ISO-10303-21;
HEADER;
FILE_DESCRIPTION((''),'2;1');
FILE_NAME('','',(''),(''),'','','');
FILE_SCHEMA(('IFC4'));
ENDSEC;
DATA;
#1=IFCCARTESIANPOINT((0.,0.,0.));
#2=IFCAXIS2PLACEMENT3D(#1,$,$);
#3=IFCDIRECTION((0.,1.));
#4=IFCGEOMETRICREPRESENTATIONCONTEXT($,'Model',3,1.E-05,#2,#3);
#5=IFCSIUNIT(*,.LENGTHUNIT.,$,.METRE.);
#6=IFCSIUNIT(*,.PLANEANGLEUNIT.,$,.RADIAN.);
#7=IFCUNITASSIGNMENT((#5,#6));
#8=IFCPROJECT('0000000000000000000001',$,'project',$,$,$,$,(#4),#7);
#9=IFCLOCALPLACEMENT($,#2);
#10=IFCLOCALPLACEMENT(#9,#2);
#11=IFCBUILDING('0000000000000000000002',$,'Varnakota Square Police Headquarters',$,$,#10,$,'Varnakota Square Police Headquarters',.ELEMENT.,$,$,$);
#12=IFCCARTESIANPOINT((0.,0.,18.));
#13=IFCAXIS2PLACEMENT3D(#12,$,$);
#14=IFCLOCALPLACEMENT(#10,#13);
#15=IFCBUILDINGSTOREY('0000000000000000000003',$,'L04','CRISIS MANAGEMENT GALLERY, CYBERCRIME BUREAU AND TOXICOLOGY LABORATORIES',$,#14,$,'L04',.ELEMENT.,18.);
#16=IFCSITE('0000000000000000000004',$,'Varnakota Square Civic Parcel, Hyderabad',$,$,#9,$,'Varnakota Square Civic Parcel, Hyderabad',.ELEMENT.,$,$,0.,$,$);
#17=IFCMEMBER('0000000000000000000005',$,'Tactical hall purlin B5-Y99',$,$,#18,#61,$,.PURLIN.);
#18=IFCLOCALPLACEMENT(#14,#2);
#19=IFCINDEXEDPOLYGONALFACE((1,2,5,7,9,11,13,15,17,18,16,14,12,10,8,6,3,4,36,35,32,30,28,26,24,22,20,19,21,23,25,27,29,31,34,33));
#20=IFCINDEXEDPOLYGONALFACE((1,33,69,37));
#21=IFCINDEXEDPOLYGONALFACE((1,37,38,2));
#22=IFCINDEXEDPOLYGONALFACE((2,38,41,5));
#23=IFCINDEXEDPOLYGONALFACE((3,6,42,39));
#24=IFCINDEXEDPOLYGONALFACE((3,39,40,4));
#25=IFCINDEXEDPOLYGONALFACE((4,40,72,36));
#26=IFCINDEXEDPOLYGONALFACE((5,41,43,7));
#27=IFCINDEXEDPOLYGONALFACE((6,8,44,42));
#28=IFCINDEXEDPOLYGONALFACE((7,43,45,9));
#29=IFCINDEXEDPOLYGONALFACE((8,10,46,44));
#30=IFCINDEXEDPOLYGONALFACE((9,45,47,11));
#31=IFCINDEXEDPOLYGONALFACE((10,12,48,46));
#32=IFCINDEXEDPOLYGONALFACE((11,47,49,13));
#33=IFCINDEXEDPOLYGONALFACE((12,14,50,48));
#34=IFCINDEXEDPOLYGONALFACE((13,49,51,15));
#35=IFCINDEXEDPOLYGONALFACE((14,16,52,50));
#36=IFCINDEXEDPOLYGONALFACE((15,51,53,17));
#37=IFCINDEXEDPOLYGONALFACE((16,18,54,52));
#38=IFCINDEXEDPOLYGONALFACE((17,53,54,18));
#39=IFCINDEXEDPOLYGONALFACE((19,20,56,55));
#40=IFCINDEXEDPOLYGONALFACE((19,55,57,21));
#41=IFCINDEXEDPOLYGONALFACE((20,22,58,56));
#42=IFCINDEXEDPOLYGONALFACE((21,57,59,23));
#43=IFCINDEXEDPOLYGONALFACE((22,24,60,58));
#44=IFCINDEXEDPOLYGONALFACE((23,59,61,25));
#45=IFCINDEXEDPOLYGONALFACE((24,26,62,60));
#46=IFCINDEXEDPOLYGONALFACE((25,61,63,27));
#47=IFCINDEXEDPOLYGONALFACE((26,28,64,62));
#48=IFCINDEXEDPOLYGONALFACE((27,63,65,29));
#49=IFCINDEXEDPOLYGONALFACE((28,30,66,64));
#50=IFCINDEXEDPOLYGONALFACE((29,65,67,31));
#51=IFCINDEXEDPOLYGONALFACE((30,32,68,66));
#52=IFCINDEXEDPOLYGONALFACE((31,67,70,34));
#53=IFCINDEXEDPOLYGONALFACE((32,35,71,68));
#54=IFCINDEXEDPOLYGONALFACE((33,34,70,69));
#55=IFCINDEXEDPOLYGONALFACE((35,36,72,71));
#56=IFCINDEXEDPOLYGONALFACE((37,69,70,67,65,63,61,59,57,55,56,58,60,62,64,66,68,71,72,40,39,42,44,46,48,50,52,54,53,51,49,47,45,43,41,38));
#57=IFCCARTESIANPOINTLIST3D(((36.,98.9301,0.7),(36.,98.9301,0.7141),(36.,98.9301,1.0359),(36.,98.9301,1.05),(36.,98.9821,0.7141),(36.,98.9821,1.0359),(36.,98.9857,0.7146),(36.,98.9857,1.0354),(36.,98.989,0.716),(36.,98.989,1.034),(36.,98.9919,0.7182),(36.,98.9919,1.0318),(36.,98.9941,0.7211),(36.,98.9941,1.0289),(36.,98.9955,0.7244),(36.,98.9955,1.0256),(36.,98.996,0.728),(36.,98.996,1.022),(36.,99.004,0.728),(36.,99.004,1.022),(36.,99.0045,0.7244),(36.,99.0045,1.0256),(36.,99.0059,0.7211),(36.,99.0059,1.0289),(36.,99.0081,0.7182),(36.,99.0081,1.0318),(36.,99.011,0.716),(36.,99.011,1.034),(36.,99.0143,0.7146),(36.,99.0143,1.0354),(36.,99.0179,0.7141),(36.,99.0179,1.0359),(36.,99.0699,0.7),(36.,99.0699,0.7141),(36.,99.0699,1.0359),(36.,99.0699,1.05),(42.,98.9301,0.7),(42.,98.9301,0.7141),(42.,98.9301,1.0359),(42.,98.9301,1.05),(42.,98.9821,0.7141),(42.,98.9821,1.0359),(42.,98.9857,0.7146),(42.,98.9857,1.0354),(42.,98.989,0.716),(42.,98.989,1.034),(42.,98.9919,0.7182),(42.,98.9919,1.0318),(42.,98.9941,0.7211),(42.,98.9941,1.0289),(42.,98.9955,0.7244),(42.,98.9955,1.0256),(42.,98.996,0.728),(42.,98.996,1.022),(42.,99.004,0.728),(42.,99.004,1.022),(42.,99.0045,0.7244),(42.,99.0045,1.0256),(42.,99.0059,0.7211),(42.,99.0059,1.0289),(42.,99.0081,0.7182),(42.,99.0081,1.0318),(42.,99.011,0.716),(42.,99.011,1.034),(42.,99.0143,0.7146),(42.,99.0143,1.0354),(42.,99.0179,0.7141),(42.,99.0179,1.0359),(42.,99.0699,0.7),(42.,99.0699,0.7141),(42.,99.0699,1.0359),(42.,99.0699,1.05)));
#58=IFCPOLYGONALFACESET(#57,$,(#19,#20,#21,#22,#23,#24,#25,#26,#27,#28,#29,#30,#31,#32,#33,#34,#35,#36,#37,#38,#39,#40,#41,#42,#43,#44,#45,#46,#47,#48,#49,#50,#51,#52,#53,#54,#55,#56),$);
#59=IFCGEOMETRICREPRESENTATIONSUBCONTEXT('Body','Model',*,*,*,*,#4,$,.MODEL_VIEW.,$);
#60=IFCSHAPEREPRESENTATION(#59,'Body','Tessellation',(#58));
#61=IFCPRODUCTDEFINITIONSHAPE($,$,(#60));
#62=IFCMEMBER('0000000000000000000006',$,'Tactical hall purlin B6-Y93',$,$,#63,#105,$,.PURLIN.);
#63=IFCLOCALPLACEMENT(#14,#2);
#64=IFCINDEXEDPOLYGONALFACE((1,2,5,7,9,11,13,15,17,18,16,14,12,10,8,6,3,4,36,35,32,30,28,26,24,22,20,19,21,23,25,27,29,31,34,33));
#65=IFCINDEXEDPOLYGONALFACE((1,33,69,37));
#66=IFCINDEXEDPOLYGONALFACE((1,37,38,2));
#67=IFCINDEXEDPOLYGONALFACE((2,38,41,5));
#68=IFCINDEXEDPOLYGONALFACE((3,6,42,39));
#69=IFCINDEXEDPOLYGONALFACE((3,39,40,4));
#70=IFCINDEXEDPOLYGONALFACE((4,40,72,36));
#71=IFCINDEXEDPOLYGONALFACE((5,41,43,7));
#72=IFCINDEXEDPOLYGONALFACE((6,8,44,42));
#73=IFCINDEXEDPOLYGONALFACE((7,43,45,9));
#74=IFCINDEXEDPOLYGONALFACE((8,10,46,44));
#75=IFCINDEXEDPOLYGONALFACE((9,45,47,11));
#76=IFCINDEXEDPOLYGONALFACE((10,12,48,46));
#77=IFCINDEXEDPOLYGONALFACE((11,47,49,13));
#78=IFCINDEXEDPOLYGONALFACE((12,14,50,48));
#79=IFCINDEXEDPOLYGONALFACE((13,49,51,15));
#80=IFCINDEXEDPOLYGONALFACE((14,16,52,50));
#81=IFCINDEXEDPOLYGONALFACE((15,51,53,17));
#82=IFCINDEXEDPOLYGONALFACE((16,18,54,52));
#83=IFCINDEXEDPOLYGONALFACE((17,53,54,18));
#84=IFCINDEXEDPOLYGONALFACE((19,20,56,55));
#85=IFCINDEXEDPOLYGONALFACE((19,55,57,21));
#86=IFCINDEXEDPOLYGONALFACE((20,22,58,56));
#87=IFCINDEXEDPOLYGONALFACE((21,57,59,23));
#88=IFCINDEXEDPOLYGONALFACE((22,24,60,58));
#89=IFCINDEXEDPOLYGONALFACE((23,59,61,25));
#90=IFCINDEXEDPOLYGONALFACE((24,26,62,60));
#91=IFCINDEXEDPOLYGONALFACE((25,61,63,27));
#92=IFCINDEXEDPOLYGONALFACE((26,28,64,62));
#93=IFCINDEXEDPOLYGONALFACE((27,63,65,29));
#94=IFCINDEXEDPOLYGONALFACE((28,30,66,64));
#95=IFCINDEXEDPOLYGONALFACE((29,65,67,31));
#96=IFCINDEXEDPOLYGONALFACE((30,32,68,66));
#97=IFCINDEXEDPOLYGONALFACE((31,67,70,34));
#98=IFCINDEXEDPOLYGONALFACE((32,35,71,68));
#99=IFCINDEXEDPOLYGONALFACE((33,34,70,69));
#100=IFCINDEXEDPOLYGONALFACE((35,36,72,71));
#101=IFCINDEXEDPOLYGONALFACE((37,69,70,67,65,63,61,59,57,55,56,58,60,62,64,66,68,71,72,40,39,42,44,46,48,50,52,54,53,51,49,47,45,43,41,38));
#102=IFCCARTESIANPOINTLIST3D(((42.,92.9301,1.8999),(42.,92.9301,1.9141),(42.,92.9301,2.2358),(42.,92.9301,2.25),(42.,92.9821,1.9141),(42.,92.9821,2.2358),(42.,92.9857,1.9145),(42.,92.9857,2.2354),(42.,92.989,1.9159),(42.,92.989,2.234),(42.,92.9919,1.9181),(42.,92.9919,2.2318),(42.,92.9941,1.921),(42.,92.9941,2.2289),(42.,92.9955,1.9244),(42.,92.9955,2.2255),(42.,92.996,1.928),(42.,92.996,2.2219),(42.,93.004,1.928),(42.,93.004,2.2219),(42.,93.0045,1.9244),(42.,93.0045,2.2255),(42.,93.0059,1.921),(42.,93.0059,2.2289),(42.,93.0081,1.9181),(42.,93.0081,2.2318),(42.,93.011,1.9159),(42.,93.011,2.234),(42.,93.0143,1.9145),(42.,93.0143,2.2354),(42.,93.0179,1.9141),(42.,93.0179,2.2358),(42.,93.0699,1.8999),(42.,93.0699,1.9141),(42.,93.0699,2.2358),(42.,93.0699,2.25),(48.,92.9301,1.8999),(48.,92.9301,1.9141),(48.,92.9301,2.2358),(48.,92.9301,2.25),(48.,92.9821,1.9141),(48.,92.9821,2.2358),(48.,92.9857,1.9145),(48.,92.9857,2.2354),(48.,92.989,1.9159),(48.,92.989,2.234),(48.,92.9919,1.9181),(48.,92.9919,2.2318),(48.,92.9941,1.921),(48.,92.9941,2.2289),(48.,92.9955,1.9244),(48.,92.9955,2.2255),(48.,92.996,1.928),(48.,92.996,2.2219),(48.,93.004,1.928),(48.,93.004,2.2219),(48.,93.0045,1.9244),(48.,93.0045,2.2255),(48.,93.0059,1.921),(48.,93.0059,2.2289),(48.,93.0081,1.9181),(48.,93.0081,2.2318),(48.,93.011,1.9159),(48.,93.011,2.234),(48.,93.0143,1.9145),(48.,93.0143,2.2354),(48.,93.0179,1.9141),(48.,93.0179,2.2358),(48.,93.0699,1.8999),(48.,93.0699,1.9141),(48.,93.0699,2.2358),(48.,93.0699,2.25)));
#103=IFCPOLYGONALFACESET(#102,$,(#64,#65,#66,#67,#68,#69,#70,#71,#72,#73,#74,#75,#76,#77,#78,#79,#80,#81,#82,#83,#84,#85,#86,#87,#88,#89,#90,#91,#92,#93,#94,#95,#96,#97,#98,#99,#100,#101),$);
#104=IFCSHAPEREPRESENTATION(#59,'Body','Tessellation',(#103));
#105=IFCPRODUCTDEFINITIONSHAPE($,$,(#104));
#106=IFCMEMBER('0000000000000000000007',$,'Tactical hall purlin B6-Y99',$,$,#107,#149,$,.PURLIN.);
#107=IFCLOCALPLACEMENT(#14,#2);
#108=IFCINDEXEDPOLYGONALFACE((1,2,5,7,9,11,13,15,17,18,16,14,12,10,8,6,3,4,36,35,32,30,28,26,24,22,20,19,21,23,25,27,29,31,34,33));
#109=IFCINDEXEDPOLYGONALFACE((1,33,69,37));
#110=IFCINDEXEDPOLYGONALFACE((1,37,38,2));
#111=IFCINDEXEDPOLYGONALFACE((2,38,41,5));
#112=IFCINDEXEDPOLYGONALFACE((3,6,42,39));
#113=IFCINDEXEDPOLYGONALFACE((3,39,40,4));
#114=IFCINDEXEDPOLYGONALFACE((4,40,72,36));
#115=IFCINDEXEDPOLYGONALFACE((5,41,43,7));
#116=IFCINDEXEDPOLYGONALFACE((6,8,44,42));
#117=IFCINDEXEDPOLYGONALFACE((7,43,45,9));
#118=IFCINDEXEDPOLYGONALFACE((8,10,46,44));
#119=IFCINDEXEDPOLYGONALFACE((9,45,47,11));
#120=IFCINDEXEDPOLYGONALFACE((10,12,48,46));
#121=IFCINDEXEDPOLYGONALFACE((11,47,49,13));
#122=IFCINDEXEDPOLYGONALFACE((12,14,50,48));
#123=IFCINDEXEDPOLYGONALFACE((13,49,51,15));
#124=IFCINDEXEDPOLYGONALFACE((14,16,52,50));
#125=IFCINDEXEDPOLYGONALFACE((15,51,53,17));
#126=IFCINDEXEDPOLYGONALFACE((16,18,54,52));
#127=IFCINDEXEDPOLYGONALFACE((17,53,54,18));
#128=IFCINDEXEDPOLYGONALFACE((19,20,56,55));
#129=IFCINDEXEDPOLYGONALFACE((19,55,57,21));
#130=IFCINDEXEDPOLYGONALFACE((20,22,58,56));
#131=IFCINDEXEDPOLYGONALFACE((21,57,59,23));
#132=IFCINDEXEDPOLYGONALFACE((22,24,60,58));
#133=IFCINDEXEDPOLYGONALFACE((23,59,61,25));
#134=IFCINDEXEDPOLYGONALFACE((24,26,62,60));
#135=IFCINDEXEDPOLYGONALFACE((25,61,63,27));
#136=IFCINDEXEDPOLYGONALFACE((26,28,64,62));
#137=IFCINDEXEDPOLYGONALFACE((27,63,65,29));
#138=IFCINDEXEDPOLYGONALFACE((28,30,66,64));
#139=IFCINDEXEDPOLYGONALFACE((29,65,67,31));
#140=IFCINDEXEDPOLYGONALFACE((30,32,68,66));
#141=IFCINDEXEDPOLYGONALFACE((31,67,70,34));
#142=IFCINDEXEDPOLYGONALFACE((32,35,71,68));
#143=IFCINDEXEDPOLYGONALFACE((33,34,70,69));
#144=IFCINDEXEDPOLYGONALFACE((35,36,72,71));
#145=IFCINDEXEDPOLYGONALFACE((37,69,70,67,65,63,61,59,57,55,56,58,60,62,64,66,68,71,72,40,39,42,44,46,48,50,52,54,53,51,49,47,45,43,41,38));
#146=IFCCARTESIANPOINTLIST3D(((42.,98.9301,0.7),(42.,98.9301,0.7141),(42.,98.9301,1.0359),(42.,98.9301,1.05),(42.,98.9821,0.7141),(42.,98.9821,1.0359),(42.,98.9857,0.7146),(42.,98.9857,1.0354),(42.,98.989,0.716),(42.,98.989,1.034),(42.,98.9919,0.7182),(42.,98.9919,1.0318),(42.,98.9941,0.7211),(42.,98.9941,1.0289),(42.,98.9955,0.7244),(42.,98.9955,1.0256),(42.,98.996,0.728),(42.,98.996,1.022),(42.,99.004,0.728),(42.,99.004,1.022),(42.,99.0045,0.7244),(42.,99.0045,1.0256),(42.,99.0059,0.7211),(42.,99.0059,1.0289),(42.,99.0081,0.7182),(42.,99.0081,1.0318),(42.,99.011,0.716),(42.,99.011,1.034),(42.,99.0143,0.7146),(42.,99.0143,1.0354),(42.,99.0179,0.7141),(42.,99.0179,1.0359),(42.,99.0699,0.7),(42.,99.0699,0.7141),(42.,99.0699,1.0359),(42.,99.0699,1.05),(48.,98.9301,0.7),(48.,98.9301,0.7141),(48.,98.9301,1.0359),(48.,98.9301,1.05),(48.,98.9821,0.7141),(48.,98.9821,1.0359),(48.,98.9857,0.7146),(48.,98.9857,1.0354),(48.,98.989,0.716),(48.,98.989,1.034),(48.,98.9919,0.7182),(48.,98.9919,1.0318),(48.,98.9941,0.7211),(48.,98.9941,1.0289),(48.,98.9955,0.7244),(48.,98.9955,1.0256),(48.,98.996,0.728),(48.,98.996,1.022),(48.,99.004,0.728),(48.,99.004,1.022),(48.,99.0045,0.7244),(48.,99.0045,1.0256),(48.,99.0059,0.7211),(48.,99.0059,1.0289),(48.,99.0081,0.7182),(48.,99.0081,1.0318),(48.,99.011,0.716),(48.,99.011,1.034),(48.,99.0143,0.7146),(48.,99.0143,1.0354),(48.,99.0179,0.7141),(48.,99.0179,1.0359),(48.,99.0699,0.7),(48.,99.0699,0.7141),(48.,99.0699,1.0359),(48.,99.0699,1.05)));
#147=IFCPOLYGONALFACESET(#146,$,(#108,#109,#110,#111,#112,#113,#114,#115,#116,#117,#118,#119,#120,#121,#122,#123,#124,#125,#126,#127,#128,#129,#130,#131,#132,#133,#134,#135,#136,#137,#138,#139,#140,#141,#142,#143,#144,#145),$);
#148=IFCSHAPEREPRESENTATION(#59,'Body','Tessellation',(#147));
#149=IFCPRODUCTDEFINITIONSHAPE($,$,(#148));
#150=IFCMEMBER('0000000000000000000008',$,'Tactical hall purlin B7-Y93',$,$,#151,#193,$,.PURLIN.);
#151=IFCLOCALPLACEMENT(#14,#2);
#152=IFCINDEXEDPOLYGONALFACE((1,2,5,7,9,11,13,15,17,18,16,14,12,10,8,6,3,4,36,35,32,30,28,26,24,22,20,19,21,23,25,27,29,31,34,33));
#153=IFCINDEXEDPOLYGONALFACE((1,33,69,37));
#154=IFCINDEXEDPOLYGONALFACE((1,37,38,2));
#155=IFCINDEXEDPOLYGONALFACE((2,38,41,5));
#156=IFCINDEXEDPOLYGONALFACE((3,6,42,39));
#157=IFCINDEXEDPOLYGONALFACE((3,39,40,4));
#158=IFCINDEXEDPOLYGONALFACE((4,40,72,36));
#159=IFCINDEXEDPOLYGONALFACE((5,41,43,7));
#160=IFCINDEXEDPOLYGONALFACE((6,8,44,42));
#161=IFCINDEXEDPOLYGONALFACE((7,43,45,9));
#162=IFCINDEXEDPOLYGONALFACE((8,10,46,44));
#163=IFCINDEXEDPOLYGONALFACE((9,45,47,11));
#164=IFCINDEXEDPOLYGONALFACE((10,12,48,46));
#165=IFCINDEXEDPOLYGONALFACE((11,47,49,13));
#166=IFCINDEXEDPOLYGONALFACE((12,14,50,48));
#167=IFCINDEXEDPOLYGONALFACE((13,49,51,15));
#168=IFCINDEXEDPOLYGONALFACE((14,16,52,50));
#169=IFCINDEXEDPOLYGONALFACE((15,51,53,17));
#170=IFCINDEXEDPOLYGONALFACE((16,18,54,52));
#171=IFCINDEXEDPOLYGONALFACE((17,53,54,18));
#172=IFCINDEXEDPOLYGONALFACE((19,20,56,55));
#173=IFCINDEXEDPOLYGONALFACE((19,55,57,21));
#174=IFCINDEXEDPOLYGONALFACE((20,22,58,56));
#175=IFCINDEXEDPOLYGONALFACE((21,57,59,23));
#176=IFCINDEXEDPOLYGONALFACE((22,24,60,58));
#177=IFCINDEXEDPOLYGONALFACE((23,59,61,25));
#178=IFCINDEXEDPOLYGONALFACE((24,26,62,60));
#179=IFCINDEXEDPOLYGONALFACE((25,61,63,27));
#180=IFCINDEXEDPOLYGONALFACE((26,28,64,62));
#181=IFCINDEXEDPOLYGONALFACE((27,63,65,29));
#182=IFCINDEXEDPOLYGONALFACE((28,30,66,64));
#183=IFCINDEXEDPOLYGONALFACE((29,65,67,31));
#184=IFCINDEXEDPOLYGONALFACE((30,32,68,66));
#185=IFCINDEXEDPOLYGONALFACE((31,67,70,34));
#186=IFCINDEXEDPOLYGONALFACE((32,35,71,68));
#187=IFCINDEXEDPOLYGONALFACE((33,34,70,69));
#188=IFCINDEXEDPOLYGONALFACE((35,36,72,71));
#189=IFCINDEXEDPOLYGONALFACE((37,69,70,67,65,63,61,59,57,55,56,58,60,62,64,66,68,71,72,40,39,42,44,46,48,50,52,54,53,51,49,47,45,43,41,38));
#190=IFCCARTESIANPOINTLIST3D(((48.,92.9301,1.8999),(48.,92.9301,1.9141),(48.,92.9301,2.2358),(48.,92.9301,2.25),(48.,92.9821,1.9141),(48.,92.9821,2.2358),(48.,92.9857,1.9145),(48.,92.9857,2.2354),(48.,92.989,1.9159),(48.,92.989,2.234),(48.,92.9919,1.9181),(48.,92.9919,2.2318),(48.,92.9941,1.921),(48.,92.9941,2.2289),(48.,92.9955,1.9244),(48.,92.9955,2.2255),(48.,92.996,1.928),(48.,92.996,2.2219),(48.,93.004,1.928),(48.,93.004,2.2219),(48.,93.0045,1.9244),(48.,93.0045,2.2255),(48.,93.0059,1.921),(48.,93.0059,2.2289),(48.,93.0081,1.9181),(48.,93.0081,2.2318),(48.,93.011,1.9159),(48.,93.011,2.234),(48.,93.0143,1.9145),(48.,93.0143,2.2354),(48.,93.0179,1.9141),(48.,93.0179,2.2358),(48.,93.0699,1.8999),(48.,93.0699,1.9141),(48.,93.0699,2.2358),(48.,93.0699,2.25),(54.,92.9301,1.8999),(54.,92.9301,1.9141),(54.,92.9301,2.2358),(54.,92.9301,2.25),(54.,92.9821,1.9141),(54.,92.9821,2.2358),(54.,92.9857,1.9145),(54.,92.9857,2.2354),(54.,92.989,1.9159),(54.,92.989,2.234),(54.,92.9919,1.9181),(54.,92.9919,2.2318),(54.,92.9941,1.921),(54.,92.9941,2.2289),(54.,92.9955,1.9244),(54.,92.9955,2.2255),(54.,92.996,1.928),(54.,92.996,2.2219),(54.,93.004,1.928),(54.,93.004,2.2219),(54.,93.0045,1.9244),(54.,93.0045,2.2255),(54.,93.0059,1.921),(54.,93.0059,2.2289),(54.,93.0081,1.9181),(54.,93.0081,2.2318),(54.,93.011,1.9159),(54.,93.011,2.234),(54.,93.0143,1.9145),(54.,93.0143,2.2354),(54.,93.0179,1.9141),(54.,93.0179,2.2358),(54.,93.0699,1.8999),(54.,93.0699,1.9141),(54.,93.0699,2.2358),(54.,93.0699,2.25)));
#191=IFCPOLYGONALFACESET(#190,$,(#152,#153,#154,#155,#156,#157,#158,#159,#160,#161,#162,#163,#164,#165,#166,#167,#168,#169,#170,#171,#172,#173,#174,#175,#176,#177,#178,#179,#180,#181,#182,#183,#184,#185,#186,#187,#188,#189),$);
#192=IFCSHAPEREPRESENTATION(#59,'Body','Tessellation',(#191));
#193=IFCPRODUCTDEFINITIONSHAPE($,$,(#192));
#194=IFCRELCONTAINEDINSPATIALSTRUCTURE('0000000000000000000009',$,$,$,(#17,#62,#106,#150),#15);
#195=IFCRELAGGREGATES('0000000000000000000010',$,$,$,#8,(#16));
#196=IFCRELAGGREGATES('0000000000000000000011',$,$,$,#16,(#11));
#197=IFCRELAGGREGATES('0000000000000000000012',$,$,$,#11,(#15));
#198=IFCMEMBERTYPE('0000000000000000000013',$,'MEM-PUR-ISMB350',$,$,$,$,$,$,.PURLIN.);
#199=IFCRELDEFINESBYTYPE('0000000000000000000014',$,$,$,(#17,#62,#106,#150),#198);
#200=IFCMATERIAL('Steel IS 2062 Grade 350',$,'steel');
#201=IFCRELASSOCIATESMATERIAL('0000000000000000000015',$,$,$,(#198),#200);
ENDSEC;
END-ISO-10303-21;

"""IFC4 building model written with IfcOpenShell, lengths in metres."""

from ifc_helpers import new_model, si_unit, direction, frame, origin, origin_2d, place, context, subcontext, project, spatial, i_section, extrude, material, material_profile, profile_set, type_object, element, save


model = new_model("IFC4")

# Units and contexts
model_context = context("Model", 3, precision=1e-05, world=origin(), true_north=direction((0.0, 1.0)))
body_context = subcontext(model_context, "Body", "Model", "MODEL_VIEW")
ifc_project = project(units=[si_unit("LENGTHUNIT", "METRE"), si_unit("PLANEANGLEUNIT", "RADIAN")], contexts=[model_context])

# Site, building, storey
site_placement = place(None, origin())
site = spatial("IfcSite", under=ifc_project, at=site_placement, Name="Varnakota Square Civic Parcel, Hyderabad", LongName="Varnakota Square Civic Parcel, Hyderabad", CompositionType="ELEMENT", RefElevation=0.0)
building_placement = place(site_placement, origin())
building = spatial("IfcBuilding", under=site, at=building_placement, Name="Varnakota Square Police Headquarters", LongName="Varnakota Square Police Headquarters", CompositionType="ELEMENT")
storey_placement = place(building_placement, frame((0.0, 0.0, 18.0)))
storey = spatial("IfcBuildingStorey", under=building, at=storey_placement, Name="L04", Description="CRISIS MANAGEMENT GALLERY, CYBERCRIME BUREAU AND TOXICOLOGY LABORATORIES", LongName="L04", CompositionType="ELEMENT", Elevation=18.0)

# Shared definitions
ifc_material_1 = material(Name="Steel IS 2062 Grade 350", Category="steel")

# Members
ifc_material_profile_1 = material_profile(ifc_material_1, i_section(OverallWidth=0.1399, OverallDepth=0.3501, WebThickness=0.0081, FlangeThickness=0.0142, FilletRadius=0.0139, at=origin_2d()), Name="ISMB 350")
ifc_profile_set_1 = profile_set([ifc_material_profile_1], Name="Steel IS 2062 Grade 350")
member_type_1 = type_object("IfcMemberType", Name="MEM-PUR-ISMB350", PredefinedType="PURLIN", material=ifc_profile_set_1)
for number, where, z_axis, x_axis, name in (
    (1, (36.0, 99.0, 0.875), (1.0, 0.0, 0.0), (0.0, 1.0, 0.0), "Tactical hall purlin B5-Y99"),
    (2, (42.0, 93.0, 2.075), (1.0, 0.0, 0.0), (0.0, 1.0, 0.0), "Tactical hall purlin B6-Y93"),
    (3, (42.0, 99.0, 0.875), (1.0, 0.0, 0.0), (0.0, 1.0, 0.0), "Tactical hall purlin B6-Y99"),
    (4, (48.0, 93.0, 2.075), (1.0, 0.0, 0.0), (0.0, 1.0, 0.0), "Tactical hall purlin B7-Y93"),
):
    element("IfcMember", number, at=place(storey_placement, frame(where, z_axis=z_axis, x_axis=x_axis)), inside=storey, type_object=member_type_1, Name=name, PredefinedType="PURLIN", context=body_context, shape_type="SweptSolid", body=[
        extrude(i_section(OverallWidth=0.1399, OverallDepth=0.3501, WebThickness=0.0081, FlangeThickness=0.0142, FilletRadius=0.0139, at=origin_2d()), origin(), (0.0, 0.0, 1.0), 6.0),
    ])

save(model, "model.ifc")
